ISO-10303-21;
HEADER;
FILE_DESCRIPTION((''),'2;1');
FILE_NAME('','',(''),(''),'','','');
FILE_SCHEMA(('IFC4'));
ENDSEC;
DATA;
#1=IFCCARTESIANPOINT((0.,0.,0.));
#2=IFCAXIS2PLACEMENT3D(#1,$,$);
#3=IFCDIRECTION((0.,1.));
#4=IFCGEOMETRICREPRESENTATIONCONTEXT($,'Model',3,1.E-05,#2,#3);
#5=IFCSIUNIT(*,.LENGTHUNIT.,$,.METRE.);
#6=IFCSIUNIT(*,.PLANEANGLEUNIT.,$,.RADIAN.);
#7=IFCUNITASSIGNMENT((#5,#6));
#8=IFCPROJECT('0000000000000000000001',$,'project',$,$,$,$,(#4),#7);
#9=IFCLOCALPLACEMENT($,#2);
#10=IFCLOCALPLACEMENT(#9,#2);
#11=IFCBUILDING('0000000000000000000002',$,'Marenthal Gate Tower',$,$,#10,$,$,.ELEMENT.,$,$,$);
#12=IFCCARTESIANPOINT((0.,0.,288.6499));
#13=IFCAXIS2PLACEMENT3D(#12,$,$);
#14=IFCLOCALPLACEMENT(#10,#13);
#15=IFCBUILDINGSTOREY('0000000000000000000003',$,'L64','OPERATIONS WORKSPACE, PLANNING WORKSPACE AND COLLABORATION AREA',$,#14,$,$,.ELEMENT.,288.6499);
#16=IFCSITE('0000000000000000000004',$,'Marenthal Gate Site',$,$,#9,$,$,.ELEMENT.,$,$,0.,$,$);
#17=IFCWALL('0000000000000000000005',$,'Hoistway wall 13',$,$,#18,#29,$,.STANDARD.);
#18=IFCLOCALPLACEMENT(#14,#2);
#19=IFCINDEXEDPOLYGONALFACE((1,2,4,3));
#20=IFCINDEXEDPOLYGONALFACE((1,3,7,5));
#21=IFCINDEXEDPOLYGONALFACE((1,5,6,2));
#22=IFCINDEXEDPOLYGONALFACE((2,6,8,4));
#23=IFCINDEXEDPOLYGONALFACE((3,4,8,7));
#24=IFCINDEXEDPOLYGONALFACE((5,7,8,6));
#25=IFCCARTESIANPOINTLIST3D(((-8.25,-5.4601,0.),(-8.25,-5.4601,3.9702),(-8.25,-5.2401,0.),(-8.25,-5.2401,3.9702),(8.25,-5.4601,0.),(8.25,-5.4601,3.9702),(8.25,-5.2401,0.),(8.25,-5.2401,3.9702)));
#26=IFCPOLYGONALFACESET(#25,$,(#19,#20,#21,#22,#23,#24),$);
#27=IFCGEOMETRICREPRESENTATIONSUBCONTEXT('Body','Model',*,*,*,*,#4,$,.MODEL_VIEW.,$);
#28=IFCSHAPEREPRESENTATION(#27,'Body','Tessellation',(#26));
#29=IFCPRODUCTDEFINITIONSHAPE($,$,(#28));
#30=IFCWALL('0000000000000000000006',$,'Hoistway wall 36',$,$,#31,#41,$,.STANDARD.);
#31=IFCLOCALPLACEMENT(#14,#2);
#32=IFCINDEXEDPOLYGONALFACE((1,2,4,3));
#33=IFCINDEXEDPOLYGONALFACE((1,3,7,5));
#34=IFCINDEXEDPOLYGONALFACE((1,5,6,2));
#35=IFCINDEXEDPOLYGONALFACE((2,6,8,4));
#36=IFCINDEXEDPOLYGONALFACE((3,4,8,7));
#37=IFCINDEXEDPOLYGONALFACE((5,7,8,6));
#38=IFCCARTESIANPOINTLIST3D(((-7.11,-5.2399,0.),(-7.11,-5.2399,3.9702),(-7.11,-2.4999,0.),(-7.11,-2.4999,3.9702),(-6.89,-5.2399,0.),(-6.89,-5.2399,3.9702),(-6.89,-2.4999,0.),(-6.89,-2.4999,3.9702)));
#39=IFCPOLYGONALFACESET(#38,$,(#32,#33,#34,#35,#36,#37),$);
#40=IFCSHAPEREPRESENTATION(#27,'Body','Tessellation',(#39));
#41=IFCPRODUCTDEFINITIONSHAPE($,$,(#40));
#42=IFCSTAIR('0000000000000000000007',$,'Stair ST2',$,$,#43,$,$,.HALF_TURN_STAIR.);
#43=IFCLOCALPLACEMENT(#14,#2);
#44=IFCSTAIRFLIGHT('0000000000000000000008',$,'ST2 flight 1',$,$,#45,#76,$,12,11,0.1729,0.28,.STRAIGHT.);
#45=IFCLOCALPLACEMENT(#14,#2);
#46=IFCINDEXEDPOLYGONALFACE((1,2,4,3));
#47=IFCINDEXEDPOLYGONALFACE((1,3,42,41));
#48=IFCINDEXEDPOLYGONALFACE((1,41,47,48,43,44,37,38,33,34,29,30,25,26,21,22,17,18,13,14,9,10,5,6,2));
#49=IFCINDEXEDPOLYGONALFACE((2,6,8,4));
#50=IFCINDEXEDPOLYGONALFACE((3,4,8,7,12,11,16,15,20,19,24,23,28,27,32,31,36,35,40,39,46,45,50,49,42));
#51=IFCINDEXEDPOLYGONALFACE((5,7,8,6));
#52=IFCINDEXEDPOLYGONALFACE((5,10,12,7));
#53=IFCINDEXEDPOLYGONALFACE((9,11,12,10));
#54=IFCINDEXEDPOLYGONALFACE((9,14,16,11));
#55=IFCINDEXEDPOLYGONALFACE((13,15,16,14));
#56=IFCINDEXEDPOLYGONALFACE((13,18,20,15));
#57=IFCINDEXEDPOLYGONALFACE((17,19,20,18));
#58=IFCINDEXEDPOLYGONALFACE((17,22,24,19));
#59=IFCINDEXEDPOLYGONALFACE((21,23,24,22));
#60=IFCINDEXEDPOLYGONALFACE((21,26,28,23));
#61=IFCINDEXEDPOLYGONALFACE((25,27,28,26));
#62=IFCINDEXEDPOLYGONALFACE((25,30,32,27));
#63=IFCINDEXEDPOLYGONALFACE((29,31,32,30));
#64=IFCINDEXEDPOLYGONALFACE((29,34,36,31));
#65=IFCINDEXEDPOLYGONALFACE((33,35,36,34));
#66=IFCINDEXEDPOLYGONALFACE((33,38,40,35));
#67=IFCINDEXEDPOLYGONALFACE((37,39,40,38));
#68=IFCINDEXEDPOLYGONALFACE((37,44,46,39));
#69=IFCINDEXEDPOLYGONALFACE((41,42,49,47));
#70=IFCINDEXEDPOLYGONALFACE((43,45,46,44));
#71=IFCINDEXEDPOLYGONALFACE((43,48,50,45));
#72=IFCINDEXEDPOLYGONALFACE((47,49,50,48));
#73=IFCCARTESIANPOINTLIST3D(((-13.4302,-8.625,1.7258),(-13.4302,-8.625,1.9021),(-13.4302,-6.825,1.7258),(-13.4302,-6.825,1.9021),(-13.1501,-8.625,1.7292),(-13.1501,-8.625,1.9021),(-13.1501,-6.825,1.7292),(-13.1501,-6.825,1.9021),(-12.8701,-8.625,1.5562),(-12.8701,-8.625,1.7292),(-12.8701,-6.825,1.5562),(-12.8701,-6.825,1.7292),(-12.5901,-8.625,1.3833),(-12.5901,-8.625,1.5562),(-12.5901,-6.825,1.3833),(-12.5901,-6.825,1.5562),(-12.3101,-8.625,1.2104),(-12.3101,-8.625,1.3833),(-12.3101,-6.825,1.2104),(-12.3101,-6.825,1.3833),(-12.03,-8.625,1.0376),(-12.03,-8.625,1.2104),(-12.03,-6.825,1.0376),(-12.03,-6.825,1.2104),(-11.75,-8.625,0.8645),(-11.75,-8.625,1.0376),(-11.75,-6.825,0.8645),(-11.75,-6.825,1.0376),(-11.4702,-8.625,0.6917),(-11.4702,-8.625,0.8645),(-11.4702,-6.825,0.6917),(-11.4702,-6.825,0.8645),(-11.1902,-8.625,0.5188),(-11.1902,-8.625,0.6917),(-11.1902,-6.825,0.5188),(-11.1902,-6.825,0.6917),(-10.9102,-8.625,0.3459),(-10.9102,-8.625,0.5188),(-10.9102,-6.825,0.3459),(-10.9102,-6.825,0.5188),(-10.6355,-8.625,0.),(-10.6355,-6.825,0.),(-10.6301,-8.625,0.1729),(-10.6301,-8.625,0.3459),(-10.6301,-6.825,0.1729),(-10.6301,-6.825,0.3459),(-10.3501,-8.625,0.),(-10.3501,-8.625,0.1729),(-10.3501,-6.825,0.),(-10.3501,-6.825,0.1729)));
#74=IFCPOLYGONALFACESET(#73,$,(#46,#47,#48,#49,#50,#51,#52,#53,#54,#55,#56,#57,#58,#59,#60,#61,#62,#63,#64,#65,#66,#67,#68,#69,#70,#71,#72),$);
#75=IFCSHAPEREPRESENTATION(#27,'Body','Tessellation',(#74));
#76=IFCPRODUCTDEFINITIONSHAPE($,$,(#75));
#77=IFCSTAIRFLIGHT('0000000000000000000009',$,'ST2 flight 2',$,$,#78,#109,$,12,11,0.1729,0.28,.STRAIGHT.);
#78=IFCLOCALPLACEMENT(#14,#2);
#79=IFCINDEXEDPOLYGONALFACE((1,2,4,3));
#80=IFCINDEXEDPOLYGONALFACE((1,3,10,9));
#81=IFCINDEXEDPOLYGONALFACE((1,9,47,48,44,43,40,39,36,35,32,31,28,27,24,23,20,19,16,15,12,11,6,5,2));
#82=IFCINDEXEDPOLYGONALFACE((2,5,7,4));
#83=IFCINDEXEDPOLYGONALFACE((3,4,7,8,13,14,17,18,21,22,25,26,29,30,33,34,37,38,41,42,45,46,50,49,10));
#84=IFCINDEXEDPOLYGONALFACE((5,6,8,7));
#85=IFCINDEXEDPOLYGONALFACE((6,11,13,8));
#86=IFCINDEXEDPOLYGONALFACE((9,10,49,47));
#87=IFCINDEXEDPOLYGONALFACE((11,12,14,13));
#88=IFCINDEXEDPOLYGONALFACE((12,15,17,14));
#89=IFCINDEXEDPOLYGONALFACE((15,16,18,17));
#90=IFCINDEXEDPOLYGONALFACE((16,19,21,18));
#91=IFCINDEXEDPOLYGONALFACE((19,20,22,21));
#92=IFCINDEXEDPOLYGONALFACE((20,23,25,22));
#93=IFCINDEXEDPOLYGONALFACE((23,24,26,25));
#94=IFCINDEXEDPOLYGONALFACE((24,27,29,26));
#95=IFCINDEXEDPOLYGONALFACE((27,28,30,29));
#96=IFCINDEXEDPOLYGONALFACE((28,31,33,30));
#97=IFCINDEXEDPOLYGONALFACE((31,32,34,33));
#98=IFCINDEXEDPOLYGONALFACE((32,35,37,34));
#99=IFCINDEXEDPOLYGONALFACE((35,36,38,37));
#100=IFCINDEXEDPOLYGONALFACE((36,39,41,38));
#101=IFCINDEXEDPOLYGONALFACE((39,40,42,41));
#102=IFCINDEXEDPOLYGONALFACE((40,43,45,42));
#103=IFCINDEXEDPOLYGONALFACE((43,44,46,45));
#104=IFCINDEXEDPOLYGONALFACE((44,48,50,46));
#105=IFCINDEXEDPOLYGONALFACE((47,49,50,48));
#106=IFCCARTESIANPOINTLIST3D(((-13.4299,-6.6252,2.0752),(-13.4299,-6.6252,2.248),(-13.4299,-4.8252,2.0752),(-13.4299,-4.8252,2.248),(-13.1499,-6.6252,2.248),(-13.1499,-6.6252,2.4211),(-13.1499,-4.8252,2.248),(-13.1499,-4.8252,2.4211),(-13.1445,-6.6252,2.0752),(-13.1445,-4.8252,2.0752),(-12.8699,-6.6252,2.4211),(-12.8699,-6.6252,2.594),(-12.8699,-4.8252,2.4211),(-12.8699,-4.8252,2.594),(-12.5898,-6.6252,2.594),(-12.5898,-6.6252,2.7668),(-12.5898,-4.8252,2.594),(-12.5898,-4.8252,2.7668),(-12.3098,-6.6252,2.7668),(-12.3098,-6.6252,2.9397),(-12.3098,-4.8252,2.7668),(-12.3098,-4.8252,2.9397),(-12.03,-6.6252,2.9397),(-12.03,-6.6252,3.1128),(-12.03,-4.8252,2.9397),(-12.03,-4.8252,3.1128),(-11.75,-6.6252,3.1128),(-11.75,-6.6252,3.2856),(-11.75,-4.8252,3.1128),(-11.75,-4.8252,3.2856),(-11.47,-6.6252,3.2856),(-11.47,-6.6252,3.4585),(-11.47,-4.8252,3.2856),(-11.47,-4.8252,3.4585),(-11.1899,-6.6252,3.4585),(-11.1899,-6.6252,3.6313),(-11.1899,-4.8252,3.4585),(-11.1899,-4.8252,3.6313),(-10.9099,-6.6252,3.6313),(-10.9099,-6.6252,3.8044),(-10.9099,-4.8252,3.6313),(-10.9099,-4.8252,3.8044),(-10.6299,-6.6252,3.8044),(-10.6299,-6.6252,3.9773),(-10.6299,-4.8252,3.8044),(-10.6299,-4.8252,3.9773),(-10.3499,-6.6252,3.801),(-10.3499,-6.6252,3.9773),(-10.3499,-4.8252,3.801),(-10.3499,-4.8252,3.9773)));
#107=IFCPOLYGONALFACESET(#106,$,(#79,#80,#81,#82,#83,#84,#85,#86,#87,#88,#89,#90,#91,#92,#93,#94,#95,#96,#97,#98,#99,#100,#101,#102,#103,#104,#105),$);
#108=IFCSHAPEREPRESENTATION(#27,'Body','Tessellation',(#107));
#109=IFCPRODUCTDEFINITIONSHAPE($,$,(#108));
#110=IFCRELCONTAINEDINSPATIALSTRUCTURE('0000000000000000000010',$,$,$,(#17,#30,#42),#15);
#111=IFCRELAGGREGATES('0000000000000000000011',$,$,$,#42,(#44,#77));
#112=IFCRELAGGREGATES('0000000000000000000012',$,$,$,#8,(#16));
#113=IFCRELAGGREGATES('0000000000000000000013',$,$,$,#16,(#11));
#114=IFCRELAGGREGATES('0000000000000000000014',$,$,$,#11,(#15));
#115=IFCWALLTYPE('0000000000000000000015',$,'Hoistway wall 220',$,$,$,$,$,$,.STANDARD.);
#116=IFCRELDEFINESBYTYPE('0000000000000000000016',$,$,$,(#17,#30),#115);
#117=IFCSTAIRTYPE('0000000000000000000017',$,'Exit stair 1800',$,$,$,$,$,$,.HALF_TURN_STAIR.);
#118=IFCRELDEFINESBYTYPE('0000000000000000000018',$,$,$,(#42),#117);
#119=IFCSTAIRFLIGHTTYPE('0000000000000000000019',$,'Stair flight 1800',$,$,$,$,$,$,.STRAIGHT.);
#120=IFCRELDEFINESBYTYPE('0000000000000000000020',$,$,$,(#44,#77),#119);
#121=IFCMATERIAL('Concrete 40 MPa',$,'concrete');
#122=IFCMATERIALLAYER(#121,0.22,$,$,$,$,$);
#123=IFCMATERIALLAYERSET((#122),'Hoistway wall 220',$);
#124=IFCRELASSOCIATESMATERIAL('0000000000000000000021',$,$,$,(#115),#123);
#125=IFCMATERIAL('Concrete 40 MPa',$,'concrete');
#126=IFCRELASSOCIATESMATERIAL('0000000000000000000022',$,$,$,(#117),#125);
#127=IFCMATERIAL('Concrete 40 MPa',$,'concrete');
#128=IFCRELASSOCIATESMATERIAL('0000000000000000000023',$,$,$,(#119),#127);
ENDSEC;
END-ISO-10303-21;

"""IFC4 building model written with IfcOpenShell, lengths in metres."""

from ifc_helpers import new_model, si_unit, direction, frame, frame_2d, origin, place, context, subcontext, project, spatial, polyline, rectangle, outline, extrude, material, layer, layer_set, type_object, element, aggregate, save


model = new_model("IFC4")

# Units and contexts
model_context = context("Model", 3, precision=1e-05, world=origin(), true_north=direction((0.0, 1.0)))
body_context = subcontext(model_context, "Body", "Model", "MODEL_VIEW")
ifc_project = project(units=[si_unit("LENGTHUNIT", "METRE"), si_unit("PLANEANGLEUNIT", "RADIAN")], contexts=[model_context])

# Site, building, storey
site_placement = place(None, origin())
site = spatial("IfcSite", under=ifc_project, at=site_placement, Name="Marenthal Gate Site", CompositionType="ELEMENT", RefElevation=0.0)
building_placement = place(site_placement, origin())
building = spatial("IfcBuilding", under=site, at=building_placement, Name="Marenthal Gate Tower", CompositionType="ELEMENT")
storey_placement = place(building_placement, frame((0.0, 0.0, 288.6499)))
storey = spatial("IfcBuildingStorey", under=building, at=storey_placement, Name="L64", Description="OPERATIONS WORKSPACE, PLANNING WORKSPACE AND COLLABORATION AREA", CompositionType="ELEMENT", Elevation=288.6499)

# Shared definitions
ifc_material_1 = material(Name="Concrete 40 MPa", Category="concrete")
ifc_layer_1 = layer(ifc_material_1, 0.22)
ifc_layer_set_1 = layer_set([ifc_layer_1], Name="Hoistway wall 220")
wall_type_1 = type_object("IfcWallType", Name="Hoistway wall 220", PredefinedType="STANDARD", material=ifc_layer_set_1)

# Walls
wall_1_placement = place(storey_placement, frame((-8.25, -5.3501, 0.0), z_axis=(0.0, 0.0, 1.0), x_axis=(1.0, 0.0, 0.0)))
element("IfcWall", 1, at=wall_1_placement, inside=storey, type_object=wall_type_1, Name="Hoistway wall 13", PredefinedType="STANDARD", context=body_context, shape_type="SweptSolid", body=[
    extrude(rectangle(XDim=16.5, YDim=0.22, at=frame_2d((8.25, 0.0))), origin(), (0.0, 0.0, 1.0), 3.9702),
])
wall_2_placement = place(storey_placement, frame((-7.0, -5.24, 0.0), z_axis=(0.0, 0.0, 1.0), x_axis=(0.0, 1.0, 0.0)))
element("IfcWall", 2, at=wall_2_placement, inside=storey, type_object=wall_type_1, Name="Hoistway wall 36", PredefinedType="STANDARD", context=body_context, shape_type="SweptSolid", body=[
    extrude(rectangle(XDim=2.74, YDim=0.22, at=frame_2d((1.3701, 0.0))), origin(), (0.0, 0.0, 1.0), 3.9702),
])

# Stair, stair flights
ifc_material_2 = material(Name="Concrete 40 MPa", Category="concrete")
stair_type = type_object("IfcStairType", Name="Exit stair 1800", PredefinedType="HALF_TURN_STAIR", material=ifc_material_2)
stair_placement = place(storey_placement, origin())
stair = element("IfcStair", 3, at=stair_placement, inside=storey, type_object=stair_type, Name="Stair ST2", PredefinedType="HALF_TURN_STAIR")
ifc_material_3 = material(Name="Concrete 40 MPa", Category="concrete")
stair_flight_type = type_object("IfcStairFlightType", Name="Stair flight 1800", PredefinedType="STRAIGHT", material=ifc_material_3)
stair_flight_1_placement = place(storey_placement, frame((-10.3501, -7.7251, 0.0), z_axis=(0.0, 0.0, 1.0), x_axis=(-1.0, 0.0, 0.0)))
stair_flight_1 = element("IfcStairFlight", 4, at=stair_flight_1_placement, type_object=stair_flight_type, Name="ST2 flight 1", NumberOfRisers=12, NumberOfTreads=11, PredefinedType="STRAIGHT", RiserHeight=0.1729, TreadLength=0.28, context=body_context, shape_type="SweptSolid", body=[
    extrude(outline(polyline([(0.0, 0.0), (0.0, 0.1729), (0.28, 0.1729), (0.28, 0.3459), (0.5601, 0.3459), (0.5601, 0.5188), (0.8401, 0.5188), (0.8401, 0.6917), (1.1201, 0.6917), (1.1201, 0.8645), (1.3999, 0.8645), (1.3999, 1.0376), (1.6799, 1.0376), (1.6799, 1.2104), (1.96, 1.2104), (1.96, 1.3833), (2.24, 1.3833), (2.24, 1.5562), (2.52, 1.5562), (2.52, 1.7292), (2.8, 1.7292), (2.8, 1.9021), (3.0801, 1.9021), (3.0801, 2.075), (3.0801, 1.7258), (0.2854, 0.0), (0.0, 0.0)])), frame((0.0, 0.8999, 0.0), z_axis=(0.0, -1.0, 0.0), x_axis=(1.0, 0.0, 0.0)), (0.0, 0.0, 1.0), 1.8),
])
stair_flight_2_placement = place(storey_placement, frame((-13.4299, -5.7251, 2.0752), z_axis=(0.0, 0.0, 1.0), x_axis=(1.0, 0.0, 0.0)))
stair_flight_2 = element("IfcStairFlight", 5, at=stair_flight_2_placement, type_object=stair_flight_type, Name="ST2 flight 2", NumberOfRisers=12, NumberOfTreads=11, PredefinedType="STRAIGHT", RiserHeight=0.1729, TreadLength=0.28, context=body_context, shape_type="SweptSolid", body=[
    extrude(outline(polyline([(0.0, 0.0), (0.0, 0.1729), (0.28, 0.1729), (0.28, 0.3459), (0.5601, 0.3459), (0.5601, 0.5188), (0.8401, 0.5188), (0.8401, 0.6917), (1.1201, 0.6917), (1.1201, 0.8645), (1.3999, 0.8645), (1.3999, 1.0376), (1.6799, 1.0376), (1.6799, 1.2104), (1.96, 1.2104), (1.96, 1.3833), (2.24, 1.3833), (2.24, 1.5562), (2.52, 1.5562), (2.52, 1.7292), (2.8, 1.7292), (2.8, 1.9021), (3.0801, 1.9021), (3.0801, 2.075), (3.0801, 1.7258), (0.2854, 0.0), (0.0, 0.0)])), frame((0.0, 0.8999, 0.0), z_axis=(0.0, -1.0, 0.0), x_axis=(1.0, 0.0, 0.0)), (0.0, 0.0, 1.0), 1.8),
])
aggregate(stair, [stair_flight_1, stair_flight_2])

save(model, "model.ifc")
